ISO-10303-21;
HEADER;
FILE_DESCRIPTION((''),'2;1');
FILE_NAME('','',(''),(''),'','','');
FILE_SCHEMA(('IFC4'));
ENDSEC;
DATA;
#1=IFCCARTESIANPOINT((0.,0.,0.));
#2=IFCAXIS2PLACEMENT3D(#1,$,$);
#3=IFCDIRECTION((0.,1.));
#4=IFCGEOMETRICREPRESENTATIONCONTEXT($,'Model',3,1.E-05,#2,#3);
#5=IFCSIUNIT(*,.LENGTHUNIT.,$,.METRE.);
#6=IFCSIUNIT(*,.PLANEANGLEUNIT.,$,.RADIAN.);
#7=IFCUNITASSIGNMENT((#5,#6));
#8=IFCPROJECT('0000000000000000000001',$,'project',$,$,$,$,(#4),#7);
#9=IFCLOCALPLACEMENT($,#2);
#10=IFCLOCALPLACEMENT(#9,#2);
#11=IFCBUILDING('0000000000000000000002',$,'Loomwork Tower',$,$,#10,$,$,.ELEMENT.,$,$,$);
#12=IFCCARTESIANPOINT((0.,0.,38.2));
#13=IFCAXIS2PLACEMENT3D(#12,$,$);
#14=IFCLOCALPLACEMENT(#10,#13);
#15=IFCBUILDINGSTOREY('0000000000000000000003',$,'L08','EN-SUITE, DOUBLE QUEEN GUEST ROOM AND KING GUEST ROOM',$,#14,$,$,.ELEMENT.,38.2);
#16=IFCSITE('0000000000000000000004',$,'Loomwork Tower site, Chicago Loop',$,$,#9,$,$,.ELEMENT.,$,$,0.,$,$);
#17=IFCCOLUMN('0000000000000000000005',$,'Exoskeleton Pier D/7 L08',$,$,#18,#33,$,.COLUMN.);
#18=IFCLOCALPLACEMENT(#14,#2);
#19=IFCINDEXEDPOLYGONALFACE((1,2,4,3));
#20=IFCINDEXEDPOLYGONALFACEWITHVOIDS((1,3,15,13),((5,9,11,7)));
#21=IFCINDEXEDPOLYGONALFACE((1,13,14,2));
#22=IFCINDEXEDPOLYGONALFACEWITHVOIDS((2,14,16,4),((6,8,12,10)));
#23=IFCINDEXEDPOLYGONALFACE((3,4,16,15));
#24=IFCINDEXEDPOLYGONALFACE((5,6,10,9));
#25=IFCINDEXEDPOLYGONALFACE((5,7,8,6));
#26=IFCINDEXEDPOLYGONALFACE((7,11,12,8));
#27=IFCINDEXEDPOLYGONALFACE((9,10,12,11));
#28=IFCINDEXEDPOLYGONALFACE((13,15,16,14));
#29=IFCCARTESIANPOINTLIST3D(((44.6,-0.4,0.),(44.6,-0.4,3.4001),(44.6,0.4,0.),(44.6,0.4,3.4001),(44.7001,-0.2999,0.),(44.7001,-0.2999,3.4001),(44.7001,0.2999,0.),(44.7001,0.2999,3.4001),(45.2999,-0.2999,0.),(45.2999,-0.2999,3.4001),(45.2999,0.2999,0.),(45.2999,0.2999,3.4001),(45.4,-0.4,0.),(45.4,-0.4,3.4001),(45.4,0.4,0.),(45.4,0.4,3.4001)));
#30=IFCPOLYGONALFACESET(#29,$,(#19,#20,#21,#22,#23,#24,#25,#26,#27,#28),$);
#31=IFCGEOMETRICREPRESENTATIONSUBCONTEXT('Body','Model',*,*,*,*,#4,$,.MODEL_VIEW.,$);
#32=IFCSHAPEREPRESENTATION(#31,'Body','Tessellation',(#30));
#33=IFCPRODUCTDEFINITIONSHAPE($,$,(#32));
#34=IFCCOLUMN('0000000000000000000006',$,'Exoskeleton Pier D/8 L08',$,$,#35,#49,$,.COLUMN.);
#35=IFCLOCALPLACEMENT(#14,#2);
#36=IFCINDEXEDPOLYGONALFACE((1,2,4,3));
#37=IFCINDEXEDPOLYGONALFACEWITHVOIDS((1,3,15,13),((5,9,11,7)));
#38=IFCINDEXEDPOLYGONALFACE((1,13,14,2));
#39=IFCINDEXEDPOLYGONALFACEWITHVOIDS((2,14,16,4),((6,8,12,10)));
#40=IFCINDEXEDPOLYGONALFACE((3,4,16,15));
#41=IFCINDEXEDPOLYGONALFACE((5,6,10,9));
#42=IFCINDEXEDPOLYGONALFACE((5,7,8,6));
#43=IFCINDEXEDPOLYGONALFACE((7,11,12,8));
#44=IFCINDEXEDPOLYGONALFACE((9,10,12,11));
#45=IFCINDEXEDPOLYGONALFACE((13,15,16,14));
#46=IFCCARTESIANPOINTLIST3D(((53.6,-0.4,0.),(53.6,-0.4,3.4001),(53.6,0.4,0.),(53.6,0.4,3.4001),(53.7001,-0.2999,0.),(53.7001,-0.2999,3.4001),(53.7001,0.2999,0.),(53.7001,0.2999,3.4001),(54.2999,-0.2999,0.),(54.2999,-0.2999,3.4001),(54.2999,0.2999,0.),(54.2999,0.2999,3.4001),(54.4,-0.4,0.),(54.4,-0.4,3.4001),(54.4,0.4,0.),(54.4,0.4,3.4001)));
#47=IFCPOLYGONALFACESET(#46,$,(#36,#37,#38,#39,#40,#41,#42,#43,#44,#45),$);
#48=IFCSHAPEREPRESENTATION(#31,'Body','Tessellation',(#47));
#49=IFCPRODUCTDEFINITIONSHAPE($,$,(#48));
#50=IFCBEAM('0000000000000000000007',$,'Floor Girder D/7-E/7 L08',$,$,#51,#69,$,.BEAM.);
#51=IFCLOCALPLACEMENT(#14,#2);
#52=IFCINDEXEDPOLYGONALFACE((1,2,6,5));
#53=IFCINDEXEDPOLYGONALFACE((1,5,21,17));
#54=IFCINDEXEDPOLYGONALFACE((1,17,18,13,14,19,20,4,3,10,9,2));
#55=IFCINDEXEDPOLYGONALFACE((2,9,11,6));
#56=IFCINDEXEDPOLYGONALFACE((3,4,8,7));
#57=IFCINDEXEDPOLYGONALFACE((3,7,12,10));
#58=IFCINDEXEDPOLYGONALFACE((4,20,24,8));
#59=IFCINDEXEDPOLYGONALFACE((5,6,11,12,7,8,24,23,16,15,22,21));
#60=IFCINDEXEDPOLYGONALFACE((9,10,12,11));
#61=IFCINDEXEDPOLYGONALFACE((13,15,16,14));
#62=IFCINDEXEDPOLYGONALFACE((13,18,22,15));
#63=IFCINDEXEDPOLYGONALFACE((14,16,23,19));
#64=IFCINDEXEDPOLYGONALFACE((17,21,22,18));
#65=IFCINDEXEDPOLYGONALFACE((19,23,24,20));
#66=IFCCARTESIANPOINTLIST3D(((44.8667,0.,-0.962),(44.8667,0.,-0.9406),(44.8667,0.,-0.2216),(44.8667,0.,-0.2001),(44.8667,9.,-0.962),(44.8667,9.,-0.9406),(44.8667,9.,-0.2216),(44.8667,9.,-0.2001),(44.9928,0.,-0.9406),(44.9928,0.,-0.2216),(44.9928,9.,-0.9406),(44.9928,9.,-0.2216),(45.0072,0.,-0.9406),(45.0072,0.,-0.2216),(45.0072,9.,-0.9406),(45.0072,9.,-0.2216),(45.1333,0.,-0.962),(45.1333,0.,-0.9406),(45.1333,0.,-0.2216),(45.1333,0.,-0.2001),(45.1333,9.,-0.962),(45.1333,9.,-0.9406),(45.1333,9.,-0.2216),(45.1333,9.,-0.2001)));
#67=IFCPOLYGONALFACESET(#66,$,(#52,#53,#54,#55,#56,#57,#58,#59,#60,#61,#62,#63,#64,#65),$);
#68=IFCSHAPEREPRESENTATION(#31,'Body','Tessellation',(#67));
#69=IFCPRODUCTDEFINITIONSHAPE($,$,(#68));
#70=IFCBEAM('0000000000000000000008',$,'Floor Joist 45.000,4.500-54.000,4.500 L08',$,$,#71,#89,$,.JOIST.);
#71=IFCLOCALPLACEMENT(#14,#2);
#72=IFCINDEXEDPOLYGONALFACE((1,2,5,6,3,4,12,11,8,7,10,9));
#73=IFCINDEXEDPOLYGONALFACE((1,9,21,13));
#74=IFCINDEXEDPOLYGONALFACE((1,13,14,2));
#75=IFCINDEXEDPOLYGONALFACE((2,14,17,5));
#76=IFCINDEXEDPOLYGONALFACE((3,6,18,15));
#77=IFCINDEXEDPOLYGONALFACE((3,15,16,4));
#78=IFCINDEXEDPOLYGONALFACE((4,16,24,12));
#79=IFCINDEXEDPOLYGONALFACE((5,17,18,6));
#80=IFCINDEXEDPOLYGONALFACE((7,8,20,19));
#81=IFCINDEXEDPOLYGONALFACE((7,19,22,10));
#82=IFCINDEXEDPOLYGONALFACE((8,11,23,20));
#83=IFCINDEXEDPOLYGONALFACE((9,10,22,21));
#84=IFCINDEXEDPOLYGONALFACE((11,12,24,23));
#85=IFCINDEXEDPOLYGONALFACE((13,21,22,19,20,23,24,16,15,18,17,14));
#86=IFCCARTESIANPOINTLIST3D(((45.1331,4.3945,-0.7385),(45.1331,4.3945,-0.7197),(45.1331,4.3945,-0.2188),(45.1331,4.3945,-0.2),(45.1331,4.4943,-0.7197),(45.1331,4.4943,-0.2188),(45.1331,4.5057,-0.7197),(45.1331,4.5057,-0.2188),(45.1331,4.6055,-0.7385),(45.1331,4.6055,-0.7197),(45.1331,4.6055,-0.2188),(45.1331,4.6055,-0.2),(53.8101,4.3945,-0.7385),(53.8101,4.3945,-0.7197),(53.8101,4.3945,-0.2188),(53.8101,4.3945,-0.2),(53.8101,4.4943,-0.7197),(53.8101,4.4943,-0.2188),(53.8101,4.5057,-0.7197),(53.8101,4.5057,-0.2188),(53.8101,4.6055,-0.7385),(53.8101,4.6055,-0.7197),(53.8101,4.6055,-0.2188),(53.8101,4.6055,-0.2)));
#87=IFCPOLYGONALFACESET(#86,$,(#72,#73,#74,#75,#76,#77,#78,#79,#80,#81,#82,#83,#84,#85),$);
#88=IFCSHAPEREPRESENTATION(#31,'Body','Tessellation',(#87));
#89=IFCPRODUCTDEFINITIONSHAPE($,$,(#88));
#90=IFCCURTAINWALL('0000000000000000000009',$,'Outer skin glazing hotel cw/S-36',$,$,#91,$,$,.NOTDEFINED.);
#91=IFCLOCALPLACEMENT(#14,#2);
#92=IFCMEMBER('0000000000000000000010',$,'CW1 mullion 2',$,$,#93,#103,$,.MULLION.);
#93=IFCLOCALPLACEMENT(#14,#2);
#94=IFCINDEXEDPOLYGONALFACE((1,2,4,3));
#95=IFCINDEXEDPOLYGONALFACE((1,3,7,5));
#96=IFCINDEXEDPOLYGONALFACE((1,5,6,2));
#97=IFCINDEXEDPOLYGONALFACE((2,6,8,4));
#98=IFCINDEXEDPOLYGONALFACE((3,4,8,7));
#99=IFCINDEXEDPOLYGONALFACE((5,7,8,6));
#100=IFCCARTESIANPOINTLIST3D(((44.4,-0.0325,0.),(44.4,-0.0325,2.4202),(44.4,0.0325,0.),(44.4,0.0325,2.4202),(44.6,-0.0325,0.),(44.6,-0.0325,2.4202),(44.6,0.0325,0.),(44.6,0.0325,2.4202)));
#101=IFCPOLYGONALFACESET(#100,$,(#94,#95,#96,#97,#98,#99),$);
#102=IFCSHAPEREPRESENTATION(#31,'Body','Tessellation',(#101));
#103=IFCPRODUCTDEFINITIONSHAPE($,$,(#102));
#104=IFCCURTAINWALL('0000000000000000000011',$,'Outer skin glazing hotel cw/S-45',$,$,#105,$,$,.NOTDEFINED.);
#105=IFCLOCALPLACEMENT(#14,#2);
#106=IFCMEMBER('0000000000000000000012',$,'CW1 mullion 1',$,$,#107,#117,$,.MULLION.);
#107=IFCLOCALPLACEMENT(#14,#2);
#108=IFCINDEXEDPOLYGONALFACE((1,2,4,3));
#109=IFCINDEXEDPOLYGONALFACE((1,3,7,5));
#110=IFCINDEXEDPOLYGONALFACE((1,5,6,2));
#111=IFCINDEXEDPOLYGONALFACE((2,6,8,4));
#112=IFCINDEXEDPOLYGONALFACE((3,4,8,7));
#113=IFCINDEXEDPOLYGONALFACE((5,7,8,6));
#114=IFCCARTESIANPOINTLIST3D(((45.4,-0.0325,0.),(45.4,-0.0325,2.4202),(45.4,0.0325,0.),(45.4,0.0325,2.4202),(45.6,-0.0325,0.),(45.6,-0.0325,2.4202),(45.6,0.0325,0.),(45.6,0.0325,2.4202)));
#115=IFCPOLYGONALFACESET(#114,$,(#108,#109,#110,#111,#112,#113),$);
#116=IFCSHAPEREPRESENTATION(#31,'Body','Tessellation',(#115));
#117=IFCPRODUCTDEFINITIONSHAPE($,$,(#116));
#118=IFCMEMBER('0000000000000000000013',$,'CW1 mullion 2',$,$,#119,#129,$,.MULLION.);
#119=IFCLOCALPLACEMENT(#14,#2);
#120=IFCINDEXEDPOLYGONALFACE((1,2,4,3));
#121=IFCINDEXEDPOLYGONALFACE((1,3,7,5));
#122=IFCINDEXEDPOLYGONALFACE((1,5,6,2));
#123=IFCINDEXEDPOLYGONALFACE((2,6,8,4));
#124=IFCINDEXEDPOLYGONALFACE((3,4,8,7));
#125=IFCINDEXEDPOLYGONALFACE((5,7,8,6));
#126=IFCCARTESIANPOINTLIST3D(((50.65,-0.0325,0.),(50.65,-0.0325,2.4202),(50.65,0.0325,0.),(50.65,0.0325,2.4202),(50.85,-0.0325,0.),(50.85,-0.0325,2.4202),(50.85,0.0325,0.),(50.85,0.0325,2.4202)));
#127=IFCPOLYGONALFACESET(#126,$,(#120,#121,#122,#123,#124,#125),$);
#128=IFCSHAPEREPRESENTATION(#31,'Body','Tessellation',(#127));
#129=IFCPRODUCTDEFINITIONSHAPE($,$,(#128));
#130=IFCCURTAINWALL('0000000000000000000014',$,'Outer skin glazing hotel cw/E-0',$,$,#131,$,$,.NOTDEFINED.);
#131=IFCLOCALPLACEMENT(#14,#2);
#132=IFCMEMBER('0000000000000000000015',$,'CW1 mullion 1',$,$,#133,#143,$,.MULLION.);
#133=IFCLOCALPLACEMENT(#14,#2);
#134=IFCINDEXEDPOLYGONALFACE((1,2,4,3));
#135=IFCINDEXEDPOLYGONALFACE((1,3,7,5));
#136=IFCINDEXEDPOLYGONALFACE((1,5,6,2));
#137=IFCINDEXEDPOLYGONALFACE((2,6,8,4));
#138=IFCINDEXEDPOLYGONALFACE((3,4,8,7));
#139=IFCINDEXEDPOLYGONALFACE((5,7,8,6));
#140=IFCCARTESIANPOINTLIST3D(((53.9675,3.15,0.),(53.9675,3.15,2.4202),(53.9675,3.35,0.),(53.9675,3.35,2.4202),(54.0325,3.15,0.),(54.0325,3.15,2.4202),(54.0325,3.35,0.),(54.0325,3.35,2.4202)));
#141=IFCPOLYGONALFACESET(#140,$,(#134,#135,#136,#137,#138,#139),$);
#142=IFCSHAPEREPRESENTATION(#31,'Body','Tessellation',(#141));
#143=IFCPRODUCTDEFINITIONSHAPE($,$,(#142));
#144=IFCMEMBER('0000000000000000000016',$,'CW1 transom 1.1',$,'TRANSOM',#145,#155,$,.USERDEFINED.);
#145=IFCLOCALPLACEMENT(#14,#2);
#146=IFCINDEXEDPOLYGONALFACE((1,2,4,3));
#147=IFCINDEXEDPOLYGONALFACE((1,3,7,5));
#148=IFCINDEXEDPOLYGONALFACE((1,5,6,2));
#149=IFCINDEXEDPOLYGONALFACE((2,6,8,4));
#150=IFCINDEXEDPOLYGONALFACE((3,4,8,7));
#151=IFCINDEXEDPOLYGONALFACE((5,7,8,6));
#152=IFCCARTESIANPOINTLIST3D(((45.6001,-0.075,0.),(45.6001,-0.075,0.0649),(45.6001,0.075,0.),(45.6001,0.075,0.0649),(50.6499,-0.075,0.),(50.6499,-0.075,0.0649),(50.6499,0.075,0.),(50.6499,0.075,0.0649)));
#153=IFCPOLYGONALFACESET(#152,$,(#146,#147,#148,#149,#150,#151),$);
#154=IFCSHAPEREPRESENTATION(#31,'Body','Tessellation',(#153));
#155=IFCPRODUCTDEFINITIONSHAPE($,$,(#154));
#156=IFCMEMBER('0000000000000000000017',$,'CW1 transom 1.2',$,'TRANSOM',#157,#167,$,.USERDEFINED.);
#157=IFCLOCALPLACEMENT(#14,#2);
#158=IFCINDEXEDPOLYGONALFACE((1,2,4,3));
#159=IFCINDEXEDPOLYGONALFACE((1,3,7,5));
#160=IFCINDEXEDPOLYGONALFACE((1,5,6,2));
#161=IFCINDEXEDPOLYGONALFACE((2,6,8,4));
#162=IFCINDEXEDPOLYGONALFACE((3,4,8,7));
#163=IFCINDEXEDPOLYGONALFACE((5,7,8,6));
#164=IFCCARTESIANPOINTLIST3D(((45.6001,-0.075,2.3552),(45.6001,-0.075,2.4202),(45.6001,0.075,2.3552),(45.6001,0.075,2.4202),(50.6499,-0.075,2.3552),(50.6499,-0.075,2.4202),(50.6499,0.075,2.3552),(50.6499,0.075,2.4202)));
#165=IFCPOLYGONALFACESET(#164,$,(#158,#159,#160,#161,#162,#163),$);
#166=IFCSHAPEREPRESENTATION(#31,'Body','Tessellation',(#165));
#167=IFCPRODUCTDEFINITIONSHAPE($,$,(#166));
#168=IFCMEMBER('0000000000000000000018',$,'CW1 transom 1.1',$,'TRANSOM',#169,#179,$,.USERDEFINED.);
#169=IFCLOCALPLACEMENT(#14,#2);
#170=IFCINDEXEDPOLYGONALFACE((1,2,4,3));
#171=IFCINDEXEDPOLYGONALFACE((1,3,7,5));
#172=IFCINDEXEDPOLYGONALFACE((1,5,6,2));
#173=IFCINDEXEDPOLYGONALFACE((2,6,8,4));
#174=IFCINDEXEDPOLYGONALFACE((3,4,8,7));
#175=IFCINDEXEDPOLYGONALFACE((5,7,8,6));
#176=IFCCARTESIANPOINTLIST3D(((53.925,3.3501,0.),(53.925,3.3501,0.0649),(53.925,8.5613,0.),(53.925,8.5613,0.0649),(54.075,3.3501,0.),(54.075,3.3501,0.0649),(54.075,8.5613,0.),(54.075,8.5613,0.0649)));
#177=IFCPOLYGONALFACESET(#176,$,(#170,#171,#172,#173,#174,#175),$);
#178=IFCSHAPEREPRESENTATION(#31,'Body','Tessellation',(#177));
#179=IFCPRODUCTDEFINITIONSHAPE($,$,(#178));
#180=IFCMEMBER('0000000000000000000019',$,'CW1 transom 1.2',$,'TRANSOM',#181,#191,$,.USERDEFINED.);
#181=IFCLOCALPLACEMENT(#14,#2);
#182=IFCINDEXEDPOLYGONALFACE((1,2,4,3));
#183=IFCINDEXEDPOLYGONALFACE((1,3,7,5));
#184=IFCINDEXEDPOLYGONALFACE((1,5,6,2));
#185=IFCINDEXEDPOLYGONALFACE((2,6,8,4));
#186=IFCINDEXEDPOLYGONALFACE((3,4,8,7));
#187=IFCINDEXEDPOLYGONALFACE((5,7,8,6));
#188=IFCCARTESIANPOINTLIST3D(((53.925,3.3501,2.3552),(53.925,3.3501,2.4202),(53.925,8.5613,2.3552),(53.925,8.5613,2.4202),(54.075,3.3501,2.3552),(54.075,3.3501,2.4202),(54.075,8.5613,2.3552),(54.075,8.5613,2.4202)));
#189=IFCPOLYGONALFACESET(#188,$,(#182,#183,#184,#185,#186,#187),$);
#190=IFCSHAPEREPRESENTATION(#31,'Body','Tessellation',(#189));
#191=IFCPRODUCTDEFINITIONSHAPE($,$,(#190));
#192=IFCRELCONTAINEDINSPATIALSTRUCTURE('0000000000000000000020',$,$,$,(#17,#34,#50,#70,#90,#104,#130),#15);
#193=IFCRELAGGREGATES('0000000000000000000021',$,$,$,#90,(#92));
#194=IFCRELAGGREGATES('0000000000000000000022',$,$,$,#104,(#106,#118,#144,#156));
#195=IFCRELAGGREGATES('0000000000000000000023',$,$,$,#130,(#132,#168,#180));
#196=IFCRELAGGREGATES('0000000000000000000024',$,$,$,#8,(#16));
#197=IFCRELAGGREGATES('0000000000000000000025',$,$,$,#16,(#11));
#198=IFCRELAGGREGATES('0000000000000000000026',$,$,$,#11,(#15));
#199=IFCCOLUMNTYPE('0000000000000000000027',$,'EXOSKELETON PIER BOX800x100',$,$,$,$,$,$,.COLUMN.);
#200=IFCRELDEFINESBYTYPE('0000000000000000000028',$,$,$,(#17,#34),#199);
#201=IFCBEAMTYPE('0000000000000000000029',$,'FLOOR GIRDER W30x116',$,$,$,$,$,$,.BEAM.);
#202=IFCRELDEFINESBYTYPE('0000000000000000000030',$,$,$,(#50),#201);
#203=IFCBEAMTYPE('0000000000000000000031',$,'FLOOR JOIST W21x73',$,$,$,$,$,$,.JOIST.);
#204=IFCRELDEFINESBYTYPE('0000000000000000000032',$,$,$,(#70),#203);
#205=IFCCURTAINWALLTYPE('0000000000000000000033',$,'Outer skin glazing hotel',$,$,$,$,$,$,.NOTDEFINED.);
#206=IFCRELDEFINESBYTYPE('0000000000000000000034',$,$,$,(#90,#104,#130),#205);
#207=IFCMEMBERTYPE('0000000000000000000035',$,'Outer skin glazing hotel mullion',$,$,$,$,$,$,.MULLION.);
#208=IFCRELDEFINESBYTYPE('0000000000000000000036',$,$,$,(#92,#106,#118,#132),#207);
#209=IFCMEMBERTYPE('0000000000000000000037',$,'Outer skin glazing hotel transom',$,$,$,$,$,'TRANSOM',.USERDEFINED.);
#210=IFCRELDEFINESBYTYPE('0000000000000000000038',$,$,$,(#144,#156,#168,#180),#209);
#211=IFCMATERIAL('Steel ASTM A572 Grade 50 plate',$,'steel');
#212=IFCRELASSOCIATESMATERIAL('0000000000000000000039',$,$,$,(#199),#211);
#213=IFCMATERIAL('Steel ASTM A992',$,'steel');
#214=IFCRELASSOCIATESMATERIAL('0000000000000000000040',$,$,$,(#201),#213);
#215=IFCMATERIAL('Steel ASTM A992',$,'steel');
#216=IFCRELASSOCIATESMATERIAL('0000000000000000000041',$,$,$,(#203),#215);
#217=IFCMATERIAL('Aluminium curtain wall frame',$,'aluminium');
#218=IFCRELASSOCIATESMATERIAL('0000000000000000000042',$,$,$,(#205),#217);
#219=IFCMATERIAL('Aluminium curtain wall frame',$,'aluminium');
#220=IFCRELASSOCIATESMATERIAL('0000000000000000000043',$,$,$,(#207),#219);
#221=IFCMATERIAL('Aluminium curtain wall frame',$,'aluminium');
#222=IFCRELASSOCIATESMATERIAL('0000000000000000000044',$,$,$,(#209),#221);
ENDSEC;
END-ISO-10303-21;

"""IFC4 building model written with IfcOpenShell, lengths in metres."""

from ifc_helpers import new_model, si_unit, direction, frame, origin, origin_2d, place, context, subcontext, project, spatial, rectangle, hollow_rectangle, i_section, extrude, material, material_profile, profile_set, type_object, element, aggregate, save


model = new_model("IFC4")

# Units and contexts
model_context = context("Model", 3, precision=1e-05, world=origin(), true_north=direction((0.0, 1.0)))
body_context = subcontext(model_context, "Body", "Model", "MODEL_VIEW")
ifc_project = project(units=[si_unit("LENGTHUNIT", "METRE"), si_unit("PLANEANGLEUNIT", "RADIAN")], contexts=[model_context])

# Site, building, storey
site_placement = place(None, origin())
site = spatial("IfcSite", under=ifc_project, at=site_placement, Name="Loomwork Tower site, Chicago Loop", CompositionType="ELEMENT", RefElevation=0.0)
building_placement = place(site_placement, origin())
building = spatial("IfcBuilding", under=site, at=building_placement, Name="Loomwork Tower", CompositionType="ELEMENT")
storey_placement = place(building_placement, frame((0.0, 0.0, 38.2)))
storey = spatial("IfcBuildingStorey", under=building, at=storey_placement, Name="L08", Description="EN-SUITE, DOUBLE QUEEN GUEST ROOM AND KING GUEST ROOM", CompositionType="ELEMENT", Elevation=38.2)

# Columns
ifc_material_1 = material(Name="Steel ASTM A572 Grade 50 plate", Category="steel")
ifc_material_profile_1 = material_profile(ifc_material_1, hollow_rectangle(XDim=0.8, YDim=0.8, WallThickness=0.1001, at=origin_2d()), Name="BOX800x100")
ifc_profile_set_1 = profile_set([ifc_material_profile_1], Name="Steel ASTM A572 Grade 50 plate")
column_type = type_object("IfcColumnType", Name="EXOSKELETON PIER BOX800x100", PredefinedType="COLUMN", material=ifc_profile_set_1)
for number, where, z_axis, x_axis, name in (
    (1, (45.0, 0.0, 0.0), (0.0, 0.0, 1.0), (1.0, 0.0, 0.0), "Exoskeleton Pier D/7 L08"),
    (2, (54.0, 0.0, 0.0), (0.0, 0.0, 1.0), (1.0, 0.0, 0.0), "Exoskeleton Pier D/8 L08"),
):
    element("IfcColumn", number, at=place(storey_placement, frame(where, z_axis=z_axis, x_axis=x_axis)), inside=storey, type_object=column_type, Name=name, PredefinedType="COLUMN", context=body_context, shape_type="SweptSolid", body=[
        extrude(hollow_rectangle(XDim=0.8, YDim=0.8, WallThickness=0.1001, at=origin_2d()), origin(), (0.0, 0.0, 1.0), 3.4001),
    ])

# Beams
ifc_material_2 = material(Name="Steel ASTM A992", Category="steel")
ifc_material_profile_2 = material_profile(ifc_material_2, i_section(OverallWidth=0.2666, OverallDepth=0.762, WebThickness=0.0144, FlangeThickness=0.0215, at=origin_2d()), Name="W30x116")
ifc_profile_set_2 = profile_set([ifc_material_profile_2], Name="Steel ASTM A992")
beam_type_1 = type_object("IfcBeamType", Name="FLOOR GIRDER W30x116", PredefinedType="BEAM", material=ifc_profile_set_2)
beam_1_placement = place(storey_placement, frame((45.0, 0.0, -0.5811), z_axis=(0.0, 1.0, 0.0), x_axis=(-1.0, 0.0, 0.0)))
element("IfcBeam", 3, at=beam_1_placement, inside=storey, type_object=beam_type_1, Name="Floor Girder D/7-E/7 L08", PredefinedType="BEAM", context=body_context, shape_type="SweptSolid", body=[
    extrude(i_section(OverallWidth=0.2666, OverallDepth=0.762, WebThickness=0.0144, FlangeThickness=0.0215, at=origin_2d()), origin(), (0.0, 0.0, 1.0), 9.0),
])
ifc_material_3 = material(Name="Steel ASTM A992", Category="steel")
ifc_material_profile_3 = material_profile(ifc_material_3, i_section(OverallWidth=0.2109, OverallDepth=0.5386, WebThickness=0.0115, FlangeThickness=0.0188, at=origin_2d()), Name="W21x73")
ifc_profile_set_3 = profile_set([ifc_material_profile_3], Name="Steel ASTM A992")
beam_type_2 = type_object("IfcBeamType", Name="FLOOR JOIST W21x73", PredefinedType="JOIST", material=ifc_profile_set_3)
beam_2_placement = place(storey_placement, frame((45.1331, 4.5, -0.4692), z_axis=(1.0, 0.0, 0.0), x_axis=(0.0, 1.0, 0.0)))
element("IfcBeam", 4, at=beam_2_placement, inside=storey, type_object=beam_type_2, Name="Floor Joist 45.000,4.500-54.000,4.500 L08", PredefinedType="JOIST", context=body_context, shape_type="SweptSolid", body=[
    extrude(i_section(OverallWidth=0.2109, OverallDepth=0.5386, WebThickness=0.0115, FlangeThickness=0.0188, at=origin_2d()), origin(), (0.0, 0.0, 1.0), 8.677),
])

# Curtain wall, member
ifc_material_4 = material(Name="Aluminium curtain wall frame", Category="aluminium")
curtain_wall_type = type_object("IfcCurtainWallType", Name="Outer skin glazing hotel", PredefinedType="NOTDEFINED", material=ifc_material_4)
curtain_wall_1_placement = place(storey_placement, origin())
curtain_wall_1 = element("IfcCurtainWall", 5, at=curtain_wall_1_placement, inside=storey, type_object=curtain_wall_type, Name="Outer skin glazing hotel cw/S-36", PredefinedType="NOTDEFINED")
ifc_material_5 = material(Name="Aluminium curtain wall frame", Category="aluminium")
ifc_material_profile_4 = material_profile(ifc_material_5, rectangle(XDim=0.0649, YDim=0.2, at=origin_2d()), Name="AL 65x200")
ifc_profile_set_4 = profile_set([ifc_material_profile_4], Name="Aluminium curtain wall frame")
member_type_1 = type_object("IfcMemberType", Name="Outer skin glazing hotel mullion", PredefinedType="MULLION", material=ifc_profile_set_4)
member_1_placement = place(storey_placement, frame((44.5, 0.0, 0.0), z_axis=(0.0, 0.0, 1.0), x_axis=(0.0, 1.0, 0.0)))
member_1 = element("IfcMember", 6, at=member_1_placement, type_object=member_type_1, Name="CW1 mullion 2", PredefinedType="MULLION", context=body_context, shape_type="SweptSolid", body=[
    extrude(rectangle(XDim=0.0649, YDim=0.2, at=origin_2d()), origin(), (0.0, 0.0, 1.0), 2.4202),
])
aggregate(curtain_wall_1, [member_1])

# Curtain wall, members
curtain_wall_2_placement = place(storey_placement, origin())
curtain_wall_2 = element("IfcCurtainWall", 7, at=curtain_wall_2_placement, inside=storey, type_object=curtain_wall_type, Name="Outer skin glazing hotel cw/S-45", PredefinedType="NOTDEFINED")
member_2_placement = place(storey_placement, frame((45.5, 0.0, 0.0), z_axis=(0.0, 0.0, 1.0), x_axis=(0.0, 1.0, 0.0)))
member_2 = element("IfcMember", 8, at=member_2_placement, type_object=member_type_1, Name="CW1 mullion 1", PredefinedType="MULLION", context=body_context, shape_type="SweptSolid", body=[
    extrude(rectangle(XDim=0.0649, YDim=0.2, at=origin_2d()), origin(), (0.0, 0.0, 1.0), 2.4202),
])
member_3_placement = place(storey_placement, frame((50.75, 0.0, 0.0), z_axis=(0.0, 0.0, 1.0), x_axis=(0.0, 1.0, 0.0)))
member_3 = element("IfcMember", 9, at=member_3_placement, type_object=member_type_1, Name="CW1 mullion 2", PredefinedType="MULLION", context=body_context, shape_type="SweptSolid", body=[
    extrude(rectangle(XDim=0.0649, YDim=0.2, at=origin_2d()), origin(), (0.0, 0.0, 1.0), 2.4202),
])

# Curtain wall, member
curtain_wall_3_placement = place(storey_placement, origin())
curtain_wall_3 = element("IfcCurtainWall", 10, at=curtain_wall_3_placement, inside=storey, type_object=curtain_wall_type, Name="Outer skin glazing hotel cw/E-0", PredefinedType="NOTDEFINED")
member_4_placement = place(storey_placement, frame((54.0, 3.25, 0.0), z_axis=(0.0, 0.0, 1.0), x_axis=(-1.0, 0.0, 0.0)))
member_4 = element("IfcMember", 11, at=member_4_placement, type_object=member_type_1, Name="CW1 mullion 1", PredefinedType="MULLION", context=body_context, shape_type="SweptSolid", body=[
    extrude(rectangle(XDim=0.0649, YDim=0.2, at=origin_2d()), origin(), (0.0, 0.0, 1.0), 2.4202),
])

# Members
ifc_material_6 = material(Name="Aluminium curtain wall frame", Category="aluminium")
ifc_material_profile_5 = material_profile(ifc_material_6, rectangle(XDim=0.1499, YDim=0.0649, at=origin_2d()), Name="AL 65x150")
ifc_profile_set_5 = profile_set([ifc_material_profile_5], Name="Aluminium curtain wall frame")
member_type_2 = type_object("IfcMemberType", Name="Outer skin glazing hotel transom", ElementType="TRANSOM", PredefinedType="USERDEFINED", material=ifc_profile_set_5)
member_5_placement = place(storey_placement, frame((45.6001, 0.0, 0.0325), z_axis=(1.0, 0.0, 0.0), x_axis=(0.0, 1.0, 0.0)))
member_5 = element("IfcMember", 12, at=member_5_placement, type_object=member_type_2, Name="CW1 transom 1.1", ObjectType="TRANSOM", PredefinedType="USERDEFINED", context=body_context, shape_type="SweptSolid", body=[
    extrude(rectangle(XDim=0.1499, YDim=0.0649, at=origin_2d()), origin(), (0.0, 0.0, 1.0), 5.0498),
])
member_6_placement = place(storey_placement, frame((45.6001, 0.0, 2.3877), z_axis=(1.0, 0.0, 0.0), x_axis=(0.0, 1.0, 0.0)))
member_6 = element("IfcMember", 13, at=member_6_placement, type_object=member_type_2, Name="CW1 transom 1.2", ObjectType="TRANSOM", PredefinedType="USERDEFINED", context=body_context, shape_type="SweptSolid", body=[
    extrude(rectangle(XDim=0.1499, YDim=0.0649, at=origin_2d()), origin(), (0.0, 0.0, 1.0), 5.0498),
])
member_7_placement = place(storey_placement, frame((54.0, 3.3501, 0.0325), z_axis=(0.0, 1.0, 0.0), x_axis=(-1.0, 0.0, 0.0)))
member_7 = element("IfcMember", 14, at=member_7_placement, type_object=member_type_2, Name="CW1 transom 1.1", ObjectType="TRANSOM", PredefinedType="USERDEFINED", context=body_context, shape_type="SweptSolid", body=[
    extrude(rectangle(XDim=0.1499, YDim=0.0649, at=origin_2d()), origin(), (0.0, 0.0, 1.0), 5.2112),
])
member_8_placement = place(storey_placement, frame((54.0, 3.3501, 2.3877), z_axis=(0.0, 1.0, 0.0), x_axis=(-1.0, 0.0, 0.0)))
member_8 = element("IfcMember", 15, at=member_8_placement, type_object=member_type_2, Name="CW1 transom 1.2", ObjectType="TRANSOM", PredefinedType="USERDEFINED", context=body_context, shape_type="SweptSolid", body=[
    extrude(rectangle(XDim=0.1499, YDim=0.0649, at=origin_2d()), origin(), (0.0, 0.0, 1.0), 5.2112),
])

aggregate(curtain_wall_2, [member_2, member_3, member_5, member_6])
aggregate(curtain_wall_3, [member_4, member_7, member_8])

save(model, "model.ifc")
